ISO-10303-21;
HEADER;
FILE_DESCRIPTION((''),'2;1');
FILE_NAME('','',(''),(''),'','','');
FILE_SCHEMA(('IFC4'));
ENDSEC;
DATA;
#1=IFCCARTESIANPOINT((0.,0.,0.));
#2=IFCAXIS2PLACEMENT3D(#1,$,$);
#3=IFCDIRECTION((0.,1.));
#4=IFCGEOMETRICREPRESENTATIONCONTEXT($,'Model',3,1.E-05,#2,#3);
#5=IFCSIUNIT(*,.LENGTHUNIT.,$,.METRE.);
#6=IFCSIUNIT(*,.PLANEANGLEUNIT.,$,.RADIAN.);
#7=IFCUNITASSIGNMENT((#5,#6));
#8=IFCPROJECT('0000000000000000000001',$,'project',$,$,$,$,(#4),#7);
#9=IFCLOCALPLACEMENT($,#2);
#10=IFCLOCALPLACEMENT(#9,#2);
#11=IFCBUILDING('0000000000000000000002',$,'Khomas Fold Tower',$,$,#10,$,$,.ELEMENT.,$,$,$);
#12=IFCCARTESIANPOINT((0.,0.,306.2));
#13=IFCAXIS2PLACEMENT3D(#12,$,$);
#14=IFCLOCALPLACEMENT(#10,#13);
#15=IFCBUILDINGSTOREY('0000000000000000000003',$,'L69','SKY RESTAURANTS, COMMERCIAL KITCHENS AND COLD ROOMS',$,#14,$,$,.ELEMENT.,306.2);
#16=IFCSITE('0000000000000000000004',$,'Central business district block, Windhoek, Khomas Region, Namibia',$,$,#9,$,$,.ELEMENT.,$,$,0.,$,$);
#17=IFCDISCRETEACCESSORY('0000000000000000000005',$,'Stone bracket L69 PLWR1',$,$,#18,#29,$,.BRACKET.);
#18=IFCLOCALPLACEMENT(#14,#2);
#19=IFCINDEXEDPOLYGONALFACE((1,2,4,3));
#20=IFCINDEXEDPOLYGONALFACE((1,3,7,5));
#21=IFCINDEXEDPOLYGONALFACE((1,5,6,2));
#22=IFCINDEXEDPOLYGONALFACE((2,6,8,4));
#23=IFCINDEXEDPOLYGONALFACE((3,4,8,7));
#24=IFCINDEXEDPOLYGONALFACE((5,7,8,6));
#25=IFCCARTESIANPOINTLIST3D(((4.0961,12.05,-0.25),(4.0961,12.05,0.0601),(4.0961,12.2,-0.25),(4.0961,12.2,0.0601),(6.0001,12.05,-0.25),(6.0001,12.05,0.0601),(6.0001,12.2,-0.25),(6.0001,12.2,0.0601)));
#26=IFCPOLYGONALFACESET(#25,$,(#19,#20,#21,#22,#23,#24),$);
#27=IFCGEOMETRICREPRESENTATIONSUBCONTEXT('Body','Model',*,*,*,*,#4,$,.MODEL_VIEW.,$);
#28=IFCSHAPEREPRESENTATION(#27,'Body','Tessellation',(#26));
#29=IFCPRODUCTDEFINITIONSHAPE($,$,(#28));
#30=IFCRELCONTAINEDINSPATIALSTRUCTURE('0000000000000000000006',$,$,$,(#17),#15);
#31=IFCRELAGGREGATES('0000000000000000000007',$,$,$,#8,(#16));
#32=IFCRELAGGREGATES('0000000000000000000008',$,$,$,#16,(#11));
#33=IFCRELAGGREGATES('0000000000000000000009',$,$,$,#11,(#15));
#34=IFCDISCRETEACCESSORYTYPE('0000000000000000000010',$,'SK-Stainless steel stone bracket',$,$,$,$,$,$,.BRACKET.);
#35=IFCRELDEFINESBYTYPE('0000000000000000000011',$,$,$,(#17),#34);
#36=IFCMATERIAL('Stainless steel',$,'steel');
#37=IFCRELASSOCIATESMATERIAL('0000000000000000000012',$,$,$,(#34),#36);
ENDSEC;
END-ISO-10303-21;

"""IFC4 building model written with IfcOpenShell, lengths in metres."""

from ifc_helpers import new_model, si_unit, direction, frame, origin, origin_2d, place, context, subcontext, project, spatial, rectangle, extrude, source, transform, mapped, material, type_object, element, save


model = new_model("IFC4")

# Units and contexts
model_context = context("Model", 3, precision=1e-05, world=origin(), true_north=direction((0.0, 1.0)))
body_context = subcontext(model_context, "Body", "Model", "MODEL_VIEW")
ifc_project = project(units=[si_unit("LENGTHUNIT", "METRE"), si_unit("PLANEANGLEUNIT", "RADIAN")], contexts=[model_context])

# Site, building, storey
site_placement = place(None, origin())
site = spatial("IfcSite", under=ifc_project, at=site_placement, Name="Central business district block, Windhoek, Khomas Region, Namibia", CompositionType="ELEMENT", RefElevation=0.0)
building_placement = place(site_placement, origin())
building = spatial("IfcBuilding", under=site, at=building_placement, Name="Khomas Fold Tower", CompositionType="ELEMENT")
storey_placement = place(building_placement, frame((0.0, 0.0, 306.2)))
storey = spatial("IfcBuildingStorey", under=building, at=storey_placement, Name="L69", Description="SKY RESTAURANTS, COMMERCIAL KITCHENS AND COLD ROOMS", CompositionType="ELEMENT", Elevation=306.2)

# Discrete accessory
ifc_material_1 = material(Name="Stainless steel", Category="steel")
discrete_accessory_type = type_object("IfcDiscreteAccessoryType", Name="SK-Stainless steel stone bracket", PredefinedType="BRACKET", material=ifc_material_1)
shared_shape_1 = source(origin(), body_context, "Body", "SweptSolid", [
    extrude(rectangle(XDim=1.9041, YDim=0.1499, at=origin_2d()), origin(), (0.0, 0.0, 1.0), 0.3101),
])
discrete_accessory_1_placement = place(storey_placement, frame((5.0481, 12.125, -0.25), z_axis=(0.0, 0.0, 1.0), x_axis=(-1.0, 0.0, 0.0)))
element("IfcDiscreteAccessory", 1, at=discrete_accessory_1_placement, inside=storey, type_object=discrete_accessory_type, Name="Stone bracket L69 PLWR1", PredefinedType="BRACKET", context=body_context, shape_type="MappedRepresentation", body=[
    mapped(shared_shape_1, transform((0.0, 0.0, 0.0))),
])

save(model, "model.ifc")
